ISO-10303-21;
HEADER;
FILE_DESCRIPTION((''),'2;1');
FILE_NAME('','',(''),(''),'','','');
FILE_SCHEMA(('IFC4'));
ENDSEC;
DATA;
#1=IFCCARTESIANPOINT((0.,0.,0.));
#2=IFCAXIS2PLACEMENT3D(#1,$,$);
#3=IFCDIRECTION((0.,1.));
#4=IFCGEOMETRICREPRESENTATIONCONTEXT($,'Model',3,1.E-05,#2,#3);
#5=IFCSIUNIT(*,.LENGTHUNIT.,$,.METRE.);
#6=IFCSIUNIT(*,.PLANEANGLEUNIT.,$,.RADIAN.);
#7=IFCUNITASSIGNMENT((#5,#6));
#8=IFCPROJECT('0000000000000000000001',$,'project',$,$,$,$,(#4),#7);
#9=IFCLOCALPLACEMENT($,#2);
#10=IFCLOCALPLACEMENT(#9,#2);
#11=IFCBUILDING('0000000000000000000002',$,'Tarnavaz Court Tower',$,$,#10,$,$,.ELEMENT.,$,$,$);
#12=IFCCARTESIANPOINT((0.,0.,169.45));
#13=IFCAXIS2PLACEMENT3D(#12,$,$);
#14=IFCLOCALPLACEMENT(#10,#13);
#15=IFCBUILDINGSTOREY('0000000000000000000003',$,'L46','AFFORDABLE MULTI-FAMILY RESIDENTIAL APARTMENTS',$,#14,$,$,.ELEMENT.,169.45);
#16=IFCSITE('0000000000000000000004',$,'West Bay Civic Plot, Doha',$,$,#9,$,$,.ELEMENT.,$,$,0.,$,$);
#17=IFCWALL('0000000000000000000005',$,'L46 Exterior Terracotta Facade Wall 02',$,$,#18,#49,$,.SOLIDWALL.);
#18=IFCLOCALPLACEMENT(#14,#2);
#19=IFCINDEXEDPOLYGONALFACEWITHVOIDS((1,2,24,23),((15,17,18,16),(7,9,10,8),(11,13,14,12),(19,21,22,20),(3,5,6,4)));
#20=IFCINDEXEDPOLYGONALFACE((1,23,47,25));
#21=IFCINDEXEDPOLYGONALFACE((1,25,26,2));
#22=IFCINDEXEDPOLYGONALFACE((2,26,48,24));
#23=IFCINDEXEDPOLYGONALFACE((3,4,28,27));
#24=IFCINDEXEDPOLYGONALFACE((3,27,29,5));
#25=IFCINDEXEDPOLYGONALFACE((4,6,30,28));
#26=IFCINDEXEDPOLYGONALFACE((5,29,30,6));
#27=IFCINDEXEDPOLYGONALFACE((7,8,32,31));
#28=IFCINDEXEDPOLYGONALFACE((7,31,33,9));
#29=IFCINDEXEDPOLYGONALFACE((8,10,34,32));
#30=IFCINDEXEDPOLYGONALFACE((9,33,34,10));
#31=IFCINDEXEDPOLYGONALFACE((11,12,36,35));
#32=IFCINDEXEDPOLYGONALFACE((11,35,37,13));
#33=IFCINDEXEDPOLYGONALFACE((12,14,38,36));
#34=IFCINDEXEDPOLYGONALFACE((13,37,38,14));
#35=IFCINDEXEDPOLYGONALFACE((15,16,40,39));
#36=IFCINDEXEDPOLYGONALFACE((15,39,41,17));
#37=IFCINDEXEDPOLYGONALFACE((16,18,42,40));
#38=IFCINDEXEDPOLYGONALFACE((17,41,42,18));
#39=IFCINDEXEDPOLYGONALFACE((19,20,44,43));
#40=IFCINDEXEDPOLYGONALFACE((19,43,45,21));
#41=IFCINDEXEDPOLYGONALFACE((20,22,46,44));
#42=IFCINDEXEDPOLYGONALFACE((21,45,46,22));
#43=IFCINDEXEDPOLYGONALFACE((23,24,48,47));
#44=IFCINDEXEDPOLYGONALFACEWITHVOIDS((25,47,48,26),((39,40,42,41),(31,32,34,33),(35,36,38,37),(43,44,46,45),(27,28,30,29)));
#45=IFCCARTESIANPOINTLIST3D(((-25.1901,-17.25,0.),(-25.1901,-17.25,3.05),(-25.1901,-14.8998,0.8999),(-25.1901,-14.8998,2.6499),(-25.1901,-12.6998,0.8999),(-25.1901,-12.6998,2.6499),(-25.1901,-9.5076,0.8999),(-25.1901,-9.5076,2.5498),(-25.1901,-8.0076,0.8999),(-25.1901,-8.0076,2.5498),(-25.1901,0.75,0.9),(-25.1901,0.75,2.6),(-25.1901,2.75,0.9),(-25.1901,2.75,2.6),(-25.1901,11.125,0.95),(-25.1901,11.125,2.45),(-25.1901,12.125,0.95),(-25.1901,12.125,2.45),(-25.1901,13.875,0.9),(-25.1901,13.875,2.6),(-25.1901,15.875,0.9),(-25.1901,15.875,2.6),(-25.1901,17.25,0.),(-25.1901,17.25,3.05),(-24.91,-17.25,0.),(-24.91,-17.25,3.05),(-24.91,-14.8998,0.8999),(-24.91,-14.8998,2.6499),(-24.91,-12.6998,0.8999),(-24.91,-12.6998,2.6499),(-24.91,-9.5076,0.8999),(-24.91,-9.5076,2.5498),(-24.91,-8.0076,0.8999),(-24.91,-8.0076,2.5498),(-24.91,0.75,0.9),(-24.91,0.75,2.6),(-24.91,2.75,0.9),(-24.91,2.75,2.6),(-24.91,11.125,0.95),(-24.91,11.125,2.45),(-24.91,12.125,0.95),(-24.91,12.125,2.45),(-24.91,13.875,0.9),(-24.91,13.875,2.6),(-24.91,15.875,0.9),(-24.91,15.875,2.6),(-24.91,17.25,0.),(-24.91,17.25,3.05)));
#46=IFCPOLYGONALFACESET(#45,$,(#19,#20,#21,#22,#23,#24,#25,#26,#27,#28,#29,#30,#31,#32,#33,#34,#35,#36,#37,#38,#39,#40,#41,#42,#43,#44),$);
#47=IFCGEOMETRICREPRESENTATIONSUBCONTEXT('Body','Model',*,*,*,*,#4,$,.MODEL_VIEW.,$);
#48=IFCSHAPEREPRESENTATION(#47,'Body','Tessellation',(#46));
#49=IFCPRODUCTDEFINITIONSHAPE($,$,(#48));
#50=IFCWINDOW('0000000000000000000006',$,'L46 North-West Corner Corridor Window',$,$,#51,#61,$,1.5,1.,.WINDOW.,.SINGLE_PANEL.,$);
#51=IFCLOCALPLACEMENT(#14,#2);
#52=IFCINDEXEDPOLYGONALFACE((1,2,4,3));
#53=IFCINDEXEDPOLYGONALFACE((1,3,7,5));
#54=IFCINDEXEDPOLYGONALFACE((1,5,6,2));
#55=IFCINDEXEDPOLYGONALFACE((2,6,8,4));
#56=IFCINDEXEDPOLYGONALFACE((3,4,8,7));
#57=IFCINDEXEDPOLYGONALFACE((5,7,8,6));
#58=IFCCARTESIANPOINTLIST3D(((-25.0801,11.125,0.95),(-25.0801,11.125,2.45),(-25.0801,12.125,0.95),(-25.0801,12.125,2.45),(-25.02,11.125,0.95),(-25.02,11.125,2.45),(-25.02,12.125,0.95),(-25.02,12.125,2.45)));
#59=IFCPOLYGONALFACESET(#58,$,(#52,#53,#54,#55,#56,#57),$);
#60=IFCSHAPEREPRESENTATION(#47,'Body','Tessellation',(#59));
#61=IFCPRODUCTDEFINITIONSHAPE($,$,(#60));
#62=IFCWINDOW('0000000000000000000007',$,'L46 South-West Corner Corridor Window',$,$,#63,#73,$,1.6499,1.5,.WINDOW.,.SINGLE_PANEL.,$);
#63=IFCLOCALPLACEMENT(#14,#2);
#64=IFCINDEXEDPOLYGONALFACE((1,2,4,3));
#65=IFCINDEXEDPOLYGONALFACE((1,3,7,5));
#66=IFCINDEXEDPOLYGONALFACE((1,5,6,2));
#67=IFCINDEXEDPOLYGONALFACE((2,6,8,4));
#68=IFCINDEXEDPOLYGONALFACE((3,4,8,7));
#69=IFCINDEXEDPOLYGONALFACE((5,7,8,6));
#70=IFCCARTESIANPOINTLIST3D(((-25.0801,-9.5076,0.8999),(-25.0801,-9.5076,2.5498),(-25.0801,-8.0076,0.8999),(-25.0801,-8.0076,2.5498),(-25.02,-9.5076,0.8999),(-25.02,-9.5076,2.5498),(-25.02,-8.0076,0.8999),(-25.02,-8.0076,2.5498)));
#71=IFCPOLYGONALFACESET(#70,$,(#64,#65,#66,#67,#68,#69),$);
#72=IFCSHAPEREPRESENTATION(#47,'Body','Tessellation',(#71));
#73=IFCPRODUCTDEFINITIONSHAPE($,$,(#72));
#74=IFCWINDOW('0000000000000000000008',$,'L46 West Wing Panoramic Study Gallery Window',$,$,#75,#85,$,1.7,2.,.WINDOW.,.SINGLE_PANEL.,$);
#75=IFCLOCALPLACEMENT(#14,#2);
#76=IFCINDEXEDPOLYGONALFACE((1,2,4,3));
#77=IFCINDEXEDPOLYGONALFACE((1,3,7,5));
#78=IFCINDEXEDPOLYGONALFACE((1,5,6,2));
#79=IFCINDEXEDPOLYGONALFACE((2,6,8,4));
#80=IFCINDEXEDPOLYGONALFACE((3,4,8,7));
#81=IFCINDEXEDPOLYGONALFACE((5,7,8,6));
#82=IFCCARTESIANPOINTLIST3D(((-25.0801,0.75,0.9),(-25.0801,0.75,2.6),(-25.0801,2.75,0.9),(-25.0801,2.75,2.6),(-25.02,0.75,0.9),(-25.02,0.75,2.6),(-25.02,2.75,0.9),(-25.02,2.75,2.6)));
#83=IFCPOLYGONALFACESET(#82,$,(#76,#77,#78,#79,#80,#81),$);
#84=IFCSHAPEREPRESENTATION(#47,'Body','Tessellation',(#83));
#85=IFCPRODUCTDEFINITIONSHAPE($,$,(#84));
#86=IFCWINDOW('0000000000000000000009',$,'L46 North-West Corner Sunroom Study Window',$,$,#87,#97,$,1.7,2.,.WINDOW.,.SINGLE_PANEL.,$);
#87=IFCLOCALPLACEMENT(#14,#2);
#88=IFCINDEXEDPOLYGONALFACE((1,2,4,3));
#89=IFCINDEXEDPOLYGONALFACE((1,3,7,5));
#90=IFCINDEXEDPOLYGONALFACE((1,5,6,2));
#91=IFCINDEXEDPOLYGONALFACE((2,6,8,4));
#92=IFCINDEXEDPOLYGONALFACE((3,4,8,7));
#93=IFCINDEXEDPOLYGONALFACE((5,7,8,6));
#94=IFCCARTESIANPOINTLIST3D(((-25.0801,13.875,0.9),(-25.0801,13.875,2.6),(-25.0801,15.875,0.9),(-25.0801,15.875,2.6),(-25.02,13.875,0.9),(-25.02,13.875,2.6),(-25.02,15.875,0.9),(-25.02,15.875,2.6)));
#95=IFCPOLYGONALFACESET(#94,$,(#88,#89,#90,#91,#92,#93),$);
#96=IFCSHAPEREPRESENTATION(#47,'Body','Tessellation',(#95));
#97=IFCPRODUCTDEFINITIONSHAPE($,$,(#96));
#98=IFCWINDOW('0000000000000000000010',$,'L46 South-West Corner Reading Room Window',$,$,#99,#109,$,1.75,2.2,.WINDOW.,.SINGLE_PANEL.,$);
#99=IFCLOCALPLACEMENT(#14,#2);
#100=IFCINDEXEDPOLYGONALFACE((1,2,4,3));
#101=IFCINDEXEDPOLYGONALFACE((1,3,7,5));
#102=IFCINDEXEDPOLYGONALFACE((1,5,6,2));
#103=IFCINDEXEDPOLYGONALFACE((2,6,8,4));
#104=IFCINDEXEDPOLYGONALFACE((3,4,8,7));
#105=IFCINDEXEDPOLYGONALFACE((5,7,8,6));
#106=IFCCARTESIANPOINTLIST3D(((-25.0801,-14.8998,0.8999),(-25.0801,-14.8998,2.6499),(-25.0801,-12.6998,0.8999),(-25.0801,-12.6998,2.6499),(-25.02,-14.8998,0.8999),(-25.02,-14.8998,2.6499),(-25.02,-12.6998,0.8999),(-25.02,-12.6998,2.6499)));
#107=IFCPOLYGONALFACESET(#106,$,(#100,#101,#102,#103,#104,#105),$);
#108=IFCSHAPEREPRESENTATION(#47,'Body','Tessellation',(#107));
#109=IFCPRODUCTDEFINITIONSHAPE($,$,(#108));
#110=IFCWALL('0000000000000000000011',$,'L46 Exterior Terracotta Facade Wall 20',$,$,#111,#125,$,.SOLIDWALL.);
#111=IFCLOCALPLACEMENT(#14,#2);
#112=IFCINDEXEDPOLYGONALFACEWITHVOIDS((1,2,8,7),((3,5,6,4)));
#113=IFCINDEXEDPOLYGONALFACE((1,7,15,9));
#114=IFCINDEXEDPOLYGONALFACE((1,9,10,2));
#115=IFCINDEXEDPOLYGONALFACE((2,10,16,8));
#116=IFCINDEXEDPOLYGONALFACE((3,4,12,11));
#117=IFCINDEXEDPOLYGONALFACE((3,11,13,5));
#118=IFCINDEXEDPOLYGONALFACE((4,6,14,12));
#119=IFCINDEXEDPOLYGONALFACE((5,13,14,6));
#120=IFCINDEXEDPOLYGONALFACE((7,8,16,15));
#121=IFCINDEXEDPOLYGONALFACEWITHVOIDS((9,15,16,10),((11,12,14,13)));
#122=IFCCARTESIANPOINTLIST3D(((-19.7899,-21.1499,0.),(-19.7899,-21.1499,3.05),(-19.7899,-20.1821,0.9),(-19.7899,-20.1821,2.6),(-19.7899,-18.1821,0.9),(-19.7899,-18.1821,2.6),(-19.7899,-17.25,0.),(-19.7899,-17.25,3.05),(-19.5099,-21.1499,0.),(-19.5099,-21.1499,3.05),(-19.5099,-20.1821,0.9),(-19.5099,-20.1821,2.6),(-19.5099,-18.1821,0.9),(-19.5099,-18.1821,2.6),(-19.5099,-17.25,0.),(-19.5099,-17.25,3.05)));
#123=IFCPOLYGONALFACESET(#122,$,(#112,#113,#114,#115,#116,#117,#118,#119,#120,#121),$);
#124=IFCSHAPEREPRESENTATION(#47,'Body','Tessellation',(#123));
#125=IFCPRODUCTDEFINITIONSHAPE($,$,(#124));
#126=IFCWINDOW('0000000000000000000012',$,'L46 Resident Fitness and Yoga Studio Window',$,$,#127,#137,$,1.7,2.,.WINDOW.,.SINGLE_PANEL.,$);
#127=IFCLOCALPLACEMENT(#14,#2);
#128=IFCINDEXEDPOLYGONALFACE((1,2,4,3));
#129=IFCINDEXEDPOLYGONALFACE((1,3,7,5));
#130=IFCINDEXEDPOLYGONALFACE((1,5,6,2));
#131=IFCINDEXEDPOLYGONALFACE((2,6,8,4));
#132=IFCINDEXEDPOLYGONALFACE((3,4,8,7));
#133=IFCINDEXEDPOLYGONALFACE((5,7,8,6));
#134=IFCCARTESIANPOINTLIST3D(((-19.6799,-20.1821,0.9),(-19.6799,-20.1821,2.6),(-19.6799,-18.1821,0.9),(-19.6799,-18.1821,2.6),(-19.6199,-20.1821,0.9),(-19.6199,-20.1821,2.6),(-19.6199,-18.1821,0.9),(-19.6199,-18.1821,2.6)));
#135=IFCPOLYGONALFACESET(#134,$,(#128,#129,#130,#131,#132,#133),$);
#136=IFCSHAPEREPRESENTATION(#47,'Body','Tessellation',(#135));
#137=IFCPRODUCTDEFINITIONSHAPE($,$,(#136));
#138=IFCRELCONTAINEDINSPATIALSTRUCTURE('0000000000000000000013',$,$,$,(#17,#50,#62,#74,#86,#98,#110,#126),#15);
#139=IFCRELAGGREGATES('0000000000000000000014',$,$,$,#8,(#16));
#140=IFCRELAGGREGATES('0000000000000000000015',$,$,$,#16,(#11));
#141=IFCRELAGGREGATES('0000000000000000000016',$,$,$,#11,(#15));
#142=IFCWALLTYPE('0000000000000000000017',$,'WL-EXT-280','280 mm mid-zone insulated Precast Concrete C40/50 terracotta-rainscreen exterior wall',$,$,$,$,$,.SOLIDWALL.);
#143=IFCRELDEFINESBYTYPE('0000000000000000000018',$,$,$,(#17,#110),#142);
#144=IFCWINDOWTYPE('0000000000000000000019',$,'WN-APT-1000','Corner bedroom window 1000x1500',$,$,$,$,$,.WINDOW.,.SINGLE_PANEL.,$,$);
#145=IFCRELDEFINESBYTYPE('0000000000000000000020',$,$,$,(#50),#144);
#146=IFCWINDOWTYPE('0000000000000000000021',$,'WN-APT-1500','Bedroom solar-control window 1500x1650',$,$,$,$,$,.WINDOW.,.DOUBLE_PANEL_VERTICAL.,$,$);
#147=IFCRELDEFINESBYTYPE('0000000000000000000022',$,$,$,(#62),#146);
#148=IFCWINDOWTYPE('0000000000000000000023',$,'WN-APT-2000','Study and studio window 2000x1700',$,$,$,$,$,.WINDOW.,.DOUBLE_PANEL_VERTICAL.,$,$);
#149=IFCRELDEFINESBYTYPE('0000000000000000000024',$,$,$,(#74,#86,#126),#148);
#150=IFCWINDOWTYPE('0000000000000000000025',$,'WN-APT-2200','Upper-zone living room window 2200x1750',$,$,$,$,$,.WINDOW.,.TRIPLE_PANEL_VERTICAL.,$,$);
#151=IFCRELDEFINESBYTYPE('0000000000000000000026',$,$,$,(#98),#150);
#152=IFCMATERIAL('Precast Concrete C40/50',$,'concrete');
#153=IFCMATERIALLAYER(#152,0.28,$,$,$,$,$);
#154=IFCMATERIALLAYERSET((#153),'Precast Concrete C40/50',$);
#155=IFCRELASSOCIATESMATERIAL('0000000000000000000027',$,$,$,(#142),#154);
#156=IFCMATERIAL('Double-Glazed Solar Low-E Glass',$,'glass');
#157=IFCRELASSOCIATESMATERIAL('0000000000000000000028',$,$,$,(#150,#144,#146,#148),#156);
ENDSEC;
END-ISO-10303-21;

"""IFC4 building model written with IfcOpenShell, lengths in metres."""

from ifc_helpers import new_model, si_unit, direction, frame, frame_2d, origin, place, context, subcontext, project, spatial, rectangle, extrude, material, layer, layer_set, type_object, element, fill, save


model = new_model("IFC4")

# Units and contexts
model_context = context("Model", 3, precision=1e-05, world=origin(), true_north=direction((0.0, 1.0)))
body_context = subcontext(model_context, "Body", "Model", "MODEL_VIEW")
ifc_project = project(units=[si_unit("LENGTHUNIT", "METRE"), si_unit("PLANEANGLEUNIT", "RADIAN")], contexts=[model_context])

# Site, building, storey
site_placement = place(None, origin())
site = spatial("IfcSite", under=ifc_project, at=site_placement, Name="West Bay Civic Plot, Doha", CompositionType="ELEMENT", RefElevation=0.0)
building_placement = place(site_placement, origin())
building = spatial("IfcBuilding", under=site, at=building_placement, Name="Tarnavaz Court Tower", CompositionType="ELEMENT")
storey_placement = place(building_placement, frame((0.0, 0.0, 169.45)))
storey = spatial("IfcBuildingStorey", under=building, at=storey_placement, Name="L46", Description="AFFORDABLE MULTI-FAMILY RESIDENTIAL APARTMENTS", CompositionType="ELEMENT", Elevation=169.45)

# Shared definitions
ifc_material_1 = material(Name="Precast Concrete C40/50", Category="concrete")
ifc_layer_1 = layer(ifc_material_1, 0.28)
ifc_layer_set_1 = layer_set([ifc_layer_1], Name="Precast Concrete C40/50")
wall_type_1 = type_object("IfcWallType", Name="WL-EXT-280", Description="280 mm mid-zone insulated Precast Concrete C40/50 terracotta-rainscreen exterior wall", PredefinedType="SOLIDWALL", material=ifc_layer_set_1)
ifc_material_2 = material(Name="Double-Glazed Solar Low-E Glass", Category="glass")
window_type_1 = type_object("IfcWindowType", Name="WN-APT-2200", Description="Upper-zone living room window 2200x1750", PartitioningType="TRIPLE_PANEL_VERTICAL", PredefinedType="WINDOW", material=ifc_material_2)

# Wall, openings, windows
wall_1_placement = place(storey_placement, frame((-25.05, -17.25, 0.0), z_axis=(0.0, 0.0, 1.0), x_axis=(0.0, 1.0, 0.0)))
wall_1 = element("IfcWall", 1, at=wall_1_placement, inside=storey, type_object=wall_type_1, Name="L46 Exterior Terracotta Facade Wall 02", PredefinedType="SOLIDWALL", context=body_context, shape_type="SweptSolid", body=[
    extrude(rectangle(XDim=34.5, YDim=0.28, at=frame_2d((17.25, 0.0))), origin(), (0.0, 0.0, 1.0), 3.05),
])
opening_1_placement = place(wall_1_placement, frame((2.3501, 0.0, 0.8999)))
opening_1 = element("IfcOpeningElement", 2, at=opening_1_placement, cuts=wall_1, PredefinedType="OPENING", context=body_context, shape_type="SweptSolid", body=[
    extrude(rectangle(XDim=2.2, YDim=1.75, at=frame_2d((1.1001, 0.875))), frame((0.0, 0.1499, 0.0), z_axis=(0.0, -1.0, 0.0), x_axis=(1.0, 0.0, 0.0)), (0.0, 0.0, 1.0), 0.3),
])
opening_2_placement = place(wall_1_placement, frame((7.7424, 0.0, 0.8999)))
opening_2 = element("IfcOpeningElement", 3, at=opening_2_placement, cuts=wall_1, PredefinedType="OPENING", context=body_context, shape_type="SweptSolid", body=[
    extrude(rectangle(XDim=1.5, YDim=1.6499, at=frame_2d((0.75, 0.825))), frame((0.0, 0.1499, 0.0), z_axis=(0.0, -1.0, 0.0), x_axis=(1.0, 0.0, 0.0)), (0.0, 0.0, 1.0), 0.3),
])
opening_3_placement = place(wall_1_placement, frame((18.0, 0.0, 0.8999)))
opening_3 = element("IfcOpeningElement", 4, at=opening_3_placement, cuts=wall_1, PredefinedType="OPENING", context=body_context, shape_type="SweptSolid", body=[
    extrude(rectangle(XDim=2.0, YDim=1.7, at=frame_2d((1.0, 0.8501))), frame((0.0, 0.1499, 0.0), z_axis=(0.0, -1.0, 0.0), x_axis=(1.0, 0.0, 0.0)), (0.0, 0.0, 1.0), 0.3),
])
opening_4_placement = place(wall_1_placement, frame((28.375, 0.0, 0.95)))
opening_4 = element("IfcOpeningElement", 5, at=opening_4_placement, cuts=wall_1, PredefinedType="OPENING", context=body_context, shape_type="SweptSolid", body=[
    extrude(rectangle(XDim=1.0, YDim=1.5, at=frame_2d((0.5, 0.75))), frame((0.0, 0.1499, 0.0), z_axis=(0.0, -1.0, 0.0), x_axis=(1.0, 0.0, 0.0)), (0.0, 0.0, 1.0), 0.3),
])
opening_5_placement = place(wall_1_placement, frame((31.125, 0.0, 0.8999)))
opening_5 = element("IfcOpeningElement", 6, at=opening_5_placement, cuts=wall_1, PredefinedType="OPENING", context=body_context, shape_type="SweptSolid", body=[
    extrude(rectangle(XDim=2.0, YDim=1.7, at=frame_2d((1.0, 0.8501))), frame((0.0, 0.1499, 0.0), z_axis=(0.0, -1.0, 0.0), x_axis=(1.0, 0.0, 0.0)), (0.0, 0.0, 1.0), 0.3),
])
window_type_2 = type_object("IfcWindowType", Name="WN-APT-1000", Description="Corner bedroom window 1000x1500", PartitioningType="SINGLE_PANEL", PredefinedType="WINDOW", material=ifc_material_2)
window_1_placement = place(opening_4_placement, origin())
window_1 = element("IfcWindow", 7, at=window_1_placement, inside=storey, type_object=window_type_2, Name="L46 North-West Corner Corridor Window", OverallHeight=1.5, OverallWidth=1.0, PartitioningType="SINGLE_PANEL", PredefinedType="WINDOW", context=body_context, shape_type="SweptSolid", body=[
    extrude(rectangle(XDim=1.0, YDim=1.5, at=frame_2d((0.5, 0.75))), frame((0.0, 0.03, 0.0), z_axis=(0.0, -1.0, 0.0), x_axis=(1.0, 0.0, 0.0)), (0.0, 0.0, 1.0), 0.0601),
])
fill(opening_4, window_1)
window_type_3 = type_object("IfcWindowType", Name="WN-APT-1500", Description="Bedroom solar-control window 1500x1650", PartitioningType="DOUBLE_PANEL_VERTICAL", PredefinedType="WINDOW", material=ifc_material_2)
window_2_placement = place(opening_2_placement, origin())
window_2 = element("IfcWindow", 8, at=window_2_placement, inside=storey, type_object=window_type_3, Name="L46 South-West Corner Corridor Window", OverallHeight=1.6499, OverallWidth=1.5, PartitioningType="SINGLE_PANEL", PredefinedType="WINDOW", context=body_context, shape_type="SweptSolid", body=[
    extrude(rectangle(XDim=1.5, YDim=1.6499, at=frame_2d((0.75, 0.825))), frame((0.0, 0.03, 0.0), z_axis=(0.0, -1.0, 0.0), x_axis=(1.0, 0.0, 0.0)), (0.0, 0.0, 1.0), 0.0601),
])
fill(opening_2, window_2)
window_type_4 = type_object("IfcWindowType", Name="WN-APT-2000", Description="Study and studio window 2000x1700", PartitioningType="DOUBLE_PANEL_VERTICAL", PredefinedType="WINDOW", material=ifc_material_2)
window_3_placement = place(opening_3_placement, origin())
window_3 = element("IfcWindow", 9, at=window_3_placement, inside=storey, type_object=window_type_4, Name="L46 West Wing Panoramic Study Gallery Window", OverallHeight=1.7, OverallWidth=2.0, PartitioningType="SINGLE_PANEL", PredefinedType="WINDOW", context=body_context, shape_type="SweptSolid", body=[
    extrude(rectangle(XDim=2.0, YDim=1.7, at=frame_2d((1.0, 0.8501))), frame((0.0, 0.03, 0.0), z_axis=(0.0, -1.0, 0.0), x_axis=(1.0, 0.0, 0.0)), (0.0, 0.0, 1.0), 0.0601),
])
fill(opening_3, window_3)
window_4_placement = place(opening_5_placement, origin())
window_4 = element("IfcWindow", 10, at=window_4_placement, inside=storey, type_object=window_type_4, Name="L46 North-West Corner Sunroom Study Window", OverallHeight=1.7, OverallWidth=2.0, PartitioningType="SINGLE_PANEL", PredefinedType="WINDOW", context=body_context, shape_type="SweptSolid", body=[
    extrude(rectangle(XDim=2.0, YDim=1.7, at=frame_2d((1.0, 0.8501))), frame((0.0, 0.03, 0.0), z_axis=(0.0, -1.0, 0.0), x_axis=(1.0, 0.0, 0.0)), (0.0, 0.0, 1.0), 0.0601),
])
fill(opening_5, window_4)
window_5_placement = place(opening_1_placement, origin())
window_5 = element("IfcWindow", 11, at=window_5_placement, inside=storey, type_object=window_type_1, Name="L46 South-West Corner Reading Room Window", OverallHeight=1.75, OverallWidth=2.2, PartitioningType="SINGLE_PANEL", PredefinedType="WINDOW", context=body_context, shape_type="SweptSolid", body=[
    extrude(rectangle(XDim=2.2, YDim=1.75, at=frame_2d((1.1001, 0.875))), frame((0.0, 0.03, 0.0), z_axis=(0.0, -1.0, 0.0), x_axis=(1.0, 0.0, 0.0)), (0.0, 0.0, 1.0), 0.0601),
])
fill(opening_1, window_5)

# Wall, opening, window
wall_2_placement = place(storey_placement, frame((-19.6499, -21.1499, 0.0), z_axis=(0.0, 0.0, 1.0), x_axis=(0.0, 1.0, 0.0)))
wall_2 = element("IfcWall", 12, at=wall_2_placement, inside=storey, type_object=wall_type_1, Name="L46 Exterior Terracotta Facade Wall 20", PredefinedType="SOLIDWALL", context=body_context, shape_type="SweptSolid", body=[
    extrude(rectangle(XDim=3.8999, YDim=0.28, at=frame_2d((1.95, 0.0))), origin(), (0.0, 0.0, 1.0), 3.05),
])
opening_6_placement = place(wall_2_placement, frame((0.9678, 0.0, 0.8999)))
opening_6 = element("IfcOpeningElement", 13, at=opening_6_placement, cuts=wall_2, PredefinedType="OPENING", context=body_context, shape_type="SweptSolid", body=[
    extrude(rectangle(XDim=2.0, YDim=1.7, at=frame_2d((1.0, 0.8501))), frame((0.0, 0.1499, 0.0), z_axis=(0.0, -1.0, 0.0), x_axis=(1.0, 0.0, 0.0)), (0.0, 0.0, 1.0), 0.3),
])
window_6_placement = place(opening_6_placement, origin())
window_6 = element("IfcWindow", 14, at=window_6_placement, inside=storey, type_object=window_type_4, Name="L46 Resident Fitness and Yoga Studio Window", OverallHeight=1.7, OverallWidth=2.0, PartitioningType="SINGLE_PANEL", PredefinedType="WINDOW", context=body_context, shape_type="SweptSolid", body=[
    extrude(rectangle(XDim=2.0, YDim=1.7, at=frame_2d((1.0, 0.8501))), frame((0.0, 0.03, 0.0), z_axis=(0.0, -1.0, 0.0), x_axis=(1.0, 0.0, 0.0)), (0.0, 0.0, 1.0), 0.0601),
])
fill(opening_6, window_6)

save(model, "model.ifc")
